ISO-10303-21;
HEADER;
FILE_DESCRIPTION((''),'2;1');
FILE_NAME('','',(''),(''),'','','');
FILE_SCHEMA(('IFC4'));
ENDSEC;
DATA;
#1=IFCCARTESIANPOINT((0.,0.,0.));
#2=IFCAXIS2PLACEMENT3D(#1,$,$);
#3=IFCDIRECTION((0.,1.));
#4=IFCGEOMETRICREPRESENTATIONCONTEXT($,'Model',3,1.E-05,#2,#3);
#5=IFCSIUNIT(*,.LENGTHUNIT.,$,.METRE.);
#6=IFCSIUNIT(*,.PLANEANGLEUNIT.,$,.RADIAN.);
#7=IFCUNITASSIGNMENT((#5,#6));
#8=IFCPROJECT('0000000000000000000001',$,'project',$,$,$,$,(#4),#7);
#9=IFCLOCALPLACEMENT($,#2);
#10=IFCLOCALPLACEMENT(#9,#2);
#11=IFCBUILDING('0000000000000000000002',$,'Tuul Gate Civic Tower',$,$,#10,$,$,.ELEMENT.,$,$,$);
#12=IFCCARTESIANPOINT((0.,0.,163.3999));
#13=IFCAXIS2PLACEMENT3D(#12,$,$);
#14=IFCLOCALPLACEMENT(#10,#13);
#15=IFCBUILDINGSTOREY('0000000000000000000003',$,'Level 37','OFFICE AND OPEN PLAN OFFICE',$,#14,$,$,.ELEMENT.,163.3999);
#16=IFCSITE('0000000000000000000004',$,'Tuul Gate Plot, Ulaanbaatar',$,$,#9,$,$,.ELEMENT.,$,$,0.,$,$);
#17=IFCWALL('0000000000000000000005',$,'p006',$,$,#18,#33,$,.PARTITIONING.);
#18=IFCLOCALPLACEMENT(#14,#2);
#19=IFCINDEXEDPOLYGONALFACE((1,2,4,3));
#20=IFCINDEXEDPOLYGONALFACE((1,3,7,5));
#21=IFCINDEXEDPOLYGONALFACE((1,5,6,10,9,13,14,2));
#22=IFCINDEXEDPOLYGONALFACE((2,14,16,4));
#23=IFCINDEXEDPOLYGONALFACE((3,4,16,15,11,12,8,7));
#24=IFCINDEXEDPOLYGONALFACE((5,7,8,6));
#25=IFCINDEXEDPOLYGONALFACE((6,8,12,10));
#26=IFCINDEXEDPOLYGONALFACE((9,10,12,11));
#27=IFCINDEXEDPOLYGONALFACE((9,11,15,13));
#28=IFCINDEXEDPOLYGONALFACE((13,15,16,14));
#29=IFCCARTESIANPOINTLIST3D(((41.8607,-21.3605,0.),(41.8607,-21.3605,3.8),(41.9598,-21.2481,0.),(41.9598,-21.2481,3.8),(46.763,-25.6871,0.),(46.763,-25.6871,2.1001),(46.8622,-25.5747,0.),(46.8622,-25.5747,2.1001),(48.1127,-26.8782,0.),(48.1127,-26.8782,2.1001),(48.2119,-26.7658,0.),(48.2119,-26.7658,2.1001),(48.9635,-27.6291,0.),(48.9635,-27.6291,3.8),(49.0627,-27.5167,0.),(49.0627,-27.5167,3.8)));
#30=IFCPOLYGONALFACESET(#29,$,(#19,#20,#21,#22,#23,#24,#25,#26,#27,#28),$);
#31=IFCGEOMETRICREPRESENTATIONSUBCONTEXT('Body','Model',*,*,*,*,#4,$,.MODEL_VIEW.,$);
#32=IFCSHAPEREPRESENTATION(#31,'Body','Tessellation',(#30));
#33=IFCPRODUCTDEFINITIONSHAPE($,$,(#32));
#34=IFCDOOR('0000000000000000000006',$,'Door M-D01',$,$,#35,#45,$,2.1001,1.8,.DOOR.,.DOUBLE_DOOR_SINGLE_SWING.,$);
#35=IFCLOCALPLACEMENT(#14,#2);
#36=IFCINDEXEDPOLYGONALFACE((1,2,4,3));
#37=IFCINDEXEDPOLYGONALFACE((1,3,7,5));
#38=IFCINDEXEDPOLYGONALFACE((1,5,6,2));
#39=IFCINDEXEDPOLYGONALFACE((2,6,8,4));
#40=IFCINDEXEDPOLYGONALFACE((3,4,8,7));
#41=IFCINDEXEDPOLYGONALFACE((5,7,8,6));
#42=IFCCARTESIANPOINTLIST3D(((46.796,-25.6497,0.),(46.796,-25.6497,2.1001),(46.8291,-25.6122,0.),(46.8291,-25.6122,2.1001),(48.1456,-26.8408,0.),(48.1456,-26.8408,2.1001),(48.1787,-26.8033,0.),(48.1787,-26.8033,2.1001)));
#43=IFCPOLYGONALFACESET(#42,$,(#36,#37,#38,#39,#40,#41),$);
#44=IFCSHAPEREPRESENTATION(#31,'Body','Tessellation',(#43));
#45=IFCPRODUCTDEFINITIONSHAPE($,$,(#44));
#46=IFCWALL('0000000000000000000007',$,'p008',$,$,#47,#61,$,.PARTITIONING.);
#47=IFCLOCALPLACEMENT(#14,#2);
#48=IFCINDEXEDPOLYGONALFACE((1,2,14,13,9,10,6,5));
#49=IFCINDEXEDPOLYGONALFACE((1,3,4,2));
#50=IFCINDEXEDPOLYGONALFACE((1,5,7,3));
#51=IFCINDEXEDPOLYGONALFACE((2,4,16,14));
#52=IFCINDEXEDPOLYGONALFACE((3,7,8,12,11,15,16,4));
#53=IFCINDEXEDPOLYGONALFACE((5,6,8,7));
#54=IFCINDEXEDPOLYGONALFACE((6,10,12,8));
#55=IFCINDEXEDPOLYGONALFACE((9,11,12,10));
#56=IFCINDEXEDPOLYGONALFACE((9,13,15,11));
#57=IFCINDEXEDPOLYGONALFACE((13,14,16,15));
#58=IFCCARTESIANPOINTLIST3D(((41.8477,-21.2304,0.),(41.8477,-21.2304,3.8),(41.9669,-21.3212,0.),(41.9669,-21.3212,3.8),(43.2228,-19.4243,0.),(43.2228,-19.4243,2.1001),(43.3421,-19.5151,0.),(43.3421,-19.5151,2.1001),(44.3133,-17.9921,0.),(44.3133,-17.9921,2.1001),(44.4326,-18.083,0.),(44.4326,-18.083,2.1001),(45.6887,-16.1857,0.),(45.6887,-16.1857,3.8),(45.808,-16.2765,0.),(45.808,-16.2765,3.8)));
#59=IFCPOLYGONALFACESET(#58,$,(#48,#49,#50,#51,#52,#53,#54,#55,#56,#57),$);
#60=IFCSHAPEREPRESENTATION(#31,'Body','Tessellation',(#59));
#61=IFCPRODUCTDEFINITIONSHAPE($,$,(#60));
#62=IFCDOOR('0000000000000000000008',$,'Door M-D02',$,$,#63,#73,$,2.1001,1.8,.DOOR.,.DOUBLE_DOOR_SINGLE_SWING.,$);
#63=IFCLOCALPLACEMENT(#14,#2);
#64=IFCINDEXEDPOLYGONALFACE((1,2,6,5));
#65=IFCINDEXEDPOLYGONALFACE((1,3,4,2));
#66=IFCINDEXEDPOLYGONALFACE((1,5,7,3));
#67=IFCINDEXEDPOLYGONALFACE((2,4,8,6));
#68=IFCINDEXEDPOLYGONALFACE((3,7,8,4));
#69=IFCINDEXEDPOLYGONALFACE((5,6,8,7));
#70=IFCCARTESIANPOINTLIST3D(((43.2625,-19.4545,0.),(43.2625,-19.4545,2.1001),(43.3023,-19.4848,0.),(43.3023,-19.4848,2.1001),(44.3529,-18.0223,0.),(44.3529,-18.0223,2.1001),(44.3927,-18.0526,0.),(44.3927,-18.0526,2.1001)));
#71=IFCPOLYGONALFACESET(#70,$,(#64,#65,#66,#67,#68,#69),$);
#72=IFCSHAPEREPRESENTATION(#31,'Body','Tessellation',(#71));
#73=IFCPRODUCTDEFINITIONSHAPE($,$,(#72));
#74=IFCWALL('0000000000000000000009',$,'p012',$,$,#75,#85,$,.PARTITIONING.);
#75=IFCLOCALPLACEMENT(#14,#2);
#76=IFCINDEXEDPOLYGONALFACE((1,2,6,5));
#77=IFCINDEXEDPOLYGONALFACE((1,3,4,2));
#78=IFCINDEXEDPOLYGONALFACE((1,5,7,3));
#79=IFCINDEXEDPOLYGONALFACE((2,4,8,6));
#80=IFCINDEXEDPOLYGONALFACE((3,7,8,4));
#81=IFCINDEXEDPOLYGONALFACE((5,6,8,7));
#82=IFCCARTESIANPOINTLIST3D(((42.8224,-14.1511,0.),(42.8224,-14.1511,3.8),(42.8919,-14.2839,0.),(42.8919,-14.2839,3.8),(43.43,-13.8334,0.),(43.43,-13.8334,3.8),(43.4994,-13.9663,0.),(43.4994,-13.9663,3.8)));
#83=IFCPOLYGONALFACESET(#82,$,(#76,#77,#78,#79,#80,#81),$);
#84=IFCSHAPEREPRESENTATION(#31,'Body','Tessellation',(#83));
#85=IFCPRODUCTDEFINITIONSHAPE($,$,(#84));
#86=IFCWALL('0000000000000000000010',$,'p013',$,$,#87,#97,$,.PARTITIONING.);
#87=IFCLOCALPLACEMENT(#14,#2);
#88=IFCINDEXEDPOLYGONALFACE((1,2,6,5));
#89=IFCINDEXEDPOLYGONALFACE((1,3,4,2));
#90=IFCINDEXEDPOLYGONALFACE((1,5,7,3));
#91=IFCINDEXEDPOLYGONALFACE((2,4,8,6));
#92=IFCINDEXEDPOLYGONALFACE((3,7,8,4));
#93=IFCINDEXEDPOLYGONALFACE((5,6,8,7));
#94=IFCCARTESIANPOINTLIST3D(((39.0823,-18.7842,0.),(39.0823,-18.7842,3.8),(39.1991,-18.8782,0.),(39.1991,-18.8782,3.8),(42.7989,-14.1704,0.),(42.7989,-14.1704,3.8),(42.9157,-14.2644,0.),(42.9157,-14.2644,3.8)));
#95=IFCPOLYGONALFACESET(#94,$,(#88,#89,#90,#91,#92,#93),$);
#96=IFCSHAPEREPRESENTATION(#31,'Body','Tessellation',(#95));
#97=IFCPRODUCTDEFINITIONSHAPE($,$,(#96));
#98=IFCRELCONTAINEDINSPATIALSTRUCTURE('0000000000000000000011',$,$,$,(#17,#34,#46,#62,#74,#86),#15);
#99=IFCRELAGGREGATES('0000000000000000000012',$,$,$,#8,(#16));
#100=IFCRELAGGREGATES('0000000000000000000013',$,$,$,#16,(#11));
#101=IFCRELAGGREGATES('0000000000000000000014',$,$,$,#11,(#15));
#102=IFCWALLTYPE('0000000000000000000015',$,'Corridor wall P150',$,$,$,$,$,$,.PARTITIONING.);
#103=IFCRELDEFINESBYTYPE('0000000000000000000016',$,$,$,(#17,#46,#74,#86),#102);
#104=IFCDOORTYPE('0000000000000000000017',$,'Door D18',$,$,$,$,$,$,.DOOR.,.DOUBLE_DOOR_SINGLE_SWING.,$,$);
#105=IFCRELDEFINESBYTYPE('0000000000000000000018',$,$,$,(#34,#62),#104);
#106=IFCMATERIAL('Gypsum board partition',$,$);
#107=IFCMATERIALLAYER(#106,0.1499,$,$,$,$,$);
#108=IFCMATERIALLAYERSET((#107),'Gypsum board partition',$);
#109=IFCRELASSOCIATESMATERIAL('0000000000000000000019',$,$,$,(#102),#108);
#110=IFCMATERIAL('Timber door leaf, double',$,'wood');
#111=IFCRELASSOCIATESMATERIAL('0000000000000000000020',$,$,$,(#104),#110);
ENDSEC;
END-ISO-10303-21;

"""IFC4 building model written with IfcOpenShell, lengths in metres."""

from ifc_helpers import new_model, si_unit, direction, frame, frame_2d, origin, place, context, subcontext, project, spatial, rectangle, extrude, material, layer, layer_set, type_object, element, fill, save


model = new_model("IFC4")

# Units and contexts
model_context = context("Model", 3, precision=1e-05, world=origin(), true_north=direction((0.0, 1.0)))
body_context = subcontext(model_context, "Body", "Model", "MODEL_VIEW")
ifc_project = project(units=[si_unit("LENGTHUNIT", "METRE"), si_unit("PLANEANGLEUNIT", "RADIAN")], contexts=[model_context])

# Site, building, storey
site_placement = place(None, origin())
site = spatial("IfcSite", under=ifc_project, at=site_placement, Name="Tuul Gate Plot, Ulaanbaatar", CompositionType="ELEMENT", RefElevation=0.0)
building_placement = place(site_placement, origin())
building = spatial("IfcBuilding", under=site, at=building_placement, Name="Tuul Gate Civic Tower", CompositionType="ELEMENT")
storey_placement = place(building_placement, frame((0.0, 0.0, 163.3999)))
storey = spatial("IfcBuildingStorey", under=building, at=storey_placement, Name="Level 37", Description="OFFICE AND OPEN PLAN OFFICE", CompositionType="ELEMENT", Elevation=163.3999)

# Shared definitions
ifc_material_1 = material(Name="Gypsum board partition")
ifc_layer_1 = layer(ifc_material_1, 0.1499)
ifc_layer_set_1 = layer_set([ifc_layer_1], Name="Gypsum board partition")
wall_type_1 = type_object("IfcWallType", Name="Corridor wall P150", PredefinedType="PARTITIONING", material=ifc_layer_set_1)

# Walls, openings, doors
wall_1_placement = place(storey_placement, frame((41.9102, -21.3042, 0.0), z_axis=(0.0, 0.0, 1.0), x_axis=(0.749765, -0.661704, 0.0)))
wall_1 = element("IfcWall", 1, at=wall_1_placement, inside=storey, type_object=wall_type_1, Name="p006", PredefinedType="PARTITIONING", context=body_context, shape_type="SweptSolid", body=[
    extrude(rectangle(XDim=9.4734, YDim=0.1499, at=frame_2d((4.7368, 0.0))), origin(), (0.0, 0.0, 1.0), 3.8),
])
opening_1_placement = place(wall_1_placement, frame((6.5388, 0.0, 0.0)))
opening_1 = element("IfcOpeningElement", 2, at=opening_1_placement, cuts=wall_1, PredefinedType="OPENING", context=body_context, shape_type="SweptSolid", body=[
    extrude(rectangle(XDim=1.8, YDim=2.1001, at=frame_2d((0.8999, 1.05))), frame((0.0, 0.085, 0.0), z_axis=(0.0, -1.0, 0.0), x_axis=(1.0, 0.0, 0.0)), (0.0, 0.0, 1.0), 0.1699),
])
ifc_material_2 = material(Name="Timber door leaf, double", Category="wood")
door_type_1 = type_object("IfcDoorType", Name="Door D18", OperationType="DOUBLE_DOOR_SINGLE_SWING", PredefinedType="DOOR", material=ifc_material_2)
door_1_placement = place(opening_1_placement, origin())
door_1 = element("IfcDoor", 3, at=door_1_placement, inside=storey, type_object=door_type_1, Name="Door M-D01", OperationType="DOUBLE_DOOR_SINGLE_SWING", OverallHeight=2.1001, OverallWidth=1.8, PredefinedType="DOOR", context=body_context, shape_type="SweptSolid", body=[
    extrude(rectangle(XDim=1.8, YDim=2.1001, at=frame_2d((0.8999, 1.05))), frame((0.0, 0.0249, 0.0), z_axis=(0.0, -1.0, 0.0), x_axis=(1.0, 0.0, 0.0)), (0.0, 0.0, 1.0), 0.05),
])
fill(opening_1, door_1)
wall_2_placement = place(storey_placement, frame((41.9072, -21.2759, 0.0), z_axis=(0.0, 0.0, 1.0), x_axis=(0.605794, 0.795622, 0.0)))
wall_2 = element("IfcWall", 4, at=wall_2_placement, inside=storey, type_object=wall_type_1, Name="p008", PredefinedType="PARTITIONING", context=body_context, shape_type="SweptSolid", body=[
    extrude(rectangle(XDim=6.3406, YDim=0.1499, at=frame_2d((3.1704, 0.0))), origin(), (0.0, 0.0, 1.0), 3.8),
])
opening_2_placement = place(wall_2_placement, frame((2.2703, 0.0, 0.0)))
opening_2 = element("IfcOpeningElement", 5, at=opening_2_placement, cuts=wall_2, PredefinedType="OPENING", context=body_context, shape_type="SweptSolid", body=[
    extrude(rectangle(XDim=1.8, YDim=2.1001, at=frame_2d((0.8999, 1.05))), frame((0.0, 0.085, 0.0), z_axis=(0.0, -1.0, 0.0), x_axis=(1.0, 0.0, 0.0)), (0.0, 0.0, 1.0), 0.1699),
])
door_2_placement = place(opening_2_placement, frame((1.8, 0.0, 0.0), z_axis=(0.0, 0.0, 1.0), x_axis=(-1.0, 0.0, 0.0)))
door_2 = element("IfcDoor", 6, at=door_2_placement, inside=storey, type_object=door_type_1, Name="Door M-D02", OperationType="DOUBLE_DOOR_SINGLE_SWING", OverallHeight=2.1001, OverallWidth=1.8, PredefinedType="DOOR", context=body_context, shape_type="SweptSolid", body=[
    extrude(rectangle(XDim=1.8, YDim=2.1001, at=frame_2d((0.9001, 1.05))), frame((0.0, 0.0249, 0.0), z_axis=(0.0, -1.0, 0.0), x_axis=(1.0, 0.0, 0.0)), (0.0, 0.0, 1.0), 0.05),
])
fill(opening_2, door_2)

# Walls
wall_3_placement = place(storey_placement, frame((42.8572, -14.2175, 0.0), z_axis=(0.0, 0.0, 1.0), x_axis=(0.886159, 0.463381, 0.0)))
element("IfcWall", 7, at=wall_3_placement, inside=storey, type_object=wall_type_1, Name="p012", PredefinedType="PARTITIONING", context=body_context, shape_type="SweptSolid", body=[
    extrude(rectangle(XDim=0.6855, YDim=0.1499, at=frame_2d((0.3428, 0.0))), origin(), (0.0, 0.0, 1.0), 3.8),
])
wall_4_placement = place(storey_placement, frame((39.1406, -18.8313, 0.0), z_axis=(0.0, 0.0, 1.0), x_axis=(0.62732, 0.778762, 0.0)))
element("IfcWall", 8, at=wall_4_placement, inside=storey, type_object=wall_type_1, Name="p013", PredefinedType="PARTITIONING", context=body_context, shape_type="SweptSolid", body=[
    extrude(rectangle(XDim=5.9246, YDim=0.1499, at=frame_2d((2.9624, 0.0))), origin(), (0.0, 0.0, 1.0), 3.8),
])

save(model, "model.ifc")
